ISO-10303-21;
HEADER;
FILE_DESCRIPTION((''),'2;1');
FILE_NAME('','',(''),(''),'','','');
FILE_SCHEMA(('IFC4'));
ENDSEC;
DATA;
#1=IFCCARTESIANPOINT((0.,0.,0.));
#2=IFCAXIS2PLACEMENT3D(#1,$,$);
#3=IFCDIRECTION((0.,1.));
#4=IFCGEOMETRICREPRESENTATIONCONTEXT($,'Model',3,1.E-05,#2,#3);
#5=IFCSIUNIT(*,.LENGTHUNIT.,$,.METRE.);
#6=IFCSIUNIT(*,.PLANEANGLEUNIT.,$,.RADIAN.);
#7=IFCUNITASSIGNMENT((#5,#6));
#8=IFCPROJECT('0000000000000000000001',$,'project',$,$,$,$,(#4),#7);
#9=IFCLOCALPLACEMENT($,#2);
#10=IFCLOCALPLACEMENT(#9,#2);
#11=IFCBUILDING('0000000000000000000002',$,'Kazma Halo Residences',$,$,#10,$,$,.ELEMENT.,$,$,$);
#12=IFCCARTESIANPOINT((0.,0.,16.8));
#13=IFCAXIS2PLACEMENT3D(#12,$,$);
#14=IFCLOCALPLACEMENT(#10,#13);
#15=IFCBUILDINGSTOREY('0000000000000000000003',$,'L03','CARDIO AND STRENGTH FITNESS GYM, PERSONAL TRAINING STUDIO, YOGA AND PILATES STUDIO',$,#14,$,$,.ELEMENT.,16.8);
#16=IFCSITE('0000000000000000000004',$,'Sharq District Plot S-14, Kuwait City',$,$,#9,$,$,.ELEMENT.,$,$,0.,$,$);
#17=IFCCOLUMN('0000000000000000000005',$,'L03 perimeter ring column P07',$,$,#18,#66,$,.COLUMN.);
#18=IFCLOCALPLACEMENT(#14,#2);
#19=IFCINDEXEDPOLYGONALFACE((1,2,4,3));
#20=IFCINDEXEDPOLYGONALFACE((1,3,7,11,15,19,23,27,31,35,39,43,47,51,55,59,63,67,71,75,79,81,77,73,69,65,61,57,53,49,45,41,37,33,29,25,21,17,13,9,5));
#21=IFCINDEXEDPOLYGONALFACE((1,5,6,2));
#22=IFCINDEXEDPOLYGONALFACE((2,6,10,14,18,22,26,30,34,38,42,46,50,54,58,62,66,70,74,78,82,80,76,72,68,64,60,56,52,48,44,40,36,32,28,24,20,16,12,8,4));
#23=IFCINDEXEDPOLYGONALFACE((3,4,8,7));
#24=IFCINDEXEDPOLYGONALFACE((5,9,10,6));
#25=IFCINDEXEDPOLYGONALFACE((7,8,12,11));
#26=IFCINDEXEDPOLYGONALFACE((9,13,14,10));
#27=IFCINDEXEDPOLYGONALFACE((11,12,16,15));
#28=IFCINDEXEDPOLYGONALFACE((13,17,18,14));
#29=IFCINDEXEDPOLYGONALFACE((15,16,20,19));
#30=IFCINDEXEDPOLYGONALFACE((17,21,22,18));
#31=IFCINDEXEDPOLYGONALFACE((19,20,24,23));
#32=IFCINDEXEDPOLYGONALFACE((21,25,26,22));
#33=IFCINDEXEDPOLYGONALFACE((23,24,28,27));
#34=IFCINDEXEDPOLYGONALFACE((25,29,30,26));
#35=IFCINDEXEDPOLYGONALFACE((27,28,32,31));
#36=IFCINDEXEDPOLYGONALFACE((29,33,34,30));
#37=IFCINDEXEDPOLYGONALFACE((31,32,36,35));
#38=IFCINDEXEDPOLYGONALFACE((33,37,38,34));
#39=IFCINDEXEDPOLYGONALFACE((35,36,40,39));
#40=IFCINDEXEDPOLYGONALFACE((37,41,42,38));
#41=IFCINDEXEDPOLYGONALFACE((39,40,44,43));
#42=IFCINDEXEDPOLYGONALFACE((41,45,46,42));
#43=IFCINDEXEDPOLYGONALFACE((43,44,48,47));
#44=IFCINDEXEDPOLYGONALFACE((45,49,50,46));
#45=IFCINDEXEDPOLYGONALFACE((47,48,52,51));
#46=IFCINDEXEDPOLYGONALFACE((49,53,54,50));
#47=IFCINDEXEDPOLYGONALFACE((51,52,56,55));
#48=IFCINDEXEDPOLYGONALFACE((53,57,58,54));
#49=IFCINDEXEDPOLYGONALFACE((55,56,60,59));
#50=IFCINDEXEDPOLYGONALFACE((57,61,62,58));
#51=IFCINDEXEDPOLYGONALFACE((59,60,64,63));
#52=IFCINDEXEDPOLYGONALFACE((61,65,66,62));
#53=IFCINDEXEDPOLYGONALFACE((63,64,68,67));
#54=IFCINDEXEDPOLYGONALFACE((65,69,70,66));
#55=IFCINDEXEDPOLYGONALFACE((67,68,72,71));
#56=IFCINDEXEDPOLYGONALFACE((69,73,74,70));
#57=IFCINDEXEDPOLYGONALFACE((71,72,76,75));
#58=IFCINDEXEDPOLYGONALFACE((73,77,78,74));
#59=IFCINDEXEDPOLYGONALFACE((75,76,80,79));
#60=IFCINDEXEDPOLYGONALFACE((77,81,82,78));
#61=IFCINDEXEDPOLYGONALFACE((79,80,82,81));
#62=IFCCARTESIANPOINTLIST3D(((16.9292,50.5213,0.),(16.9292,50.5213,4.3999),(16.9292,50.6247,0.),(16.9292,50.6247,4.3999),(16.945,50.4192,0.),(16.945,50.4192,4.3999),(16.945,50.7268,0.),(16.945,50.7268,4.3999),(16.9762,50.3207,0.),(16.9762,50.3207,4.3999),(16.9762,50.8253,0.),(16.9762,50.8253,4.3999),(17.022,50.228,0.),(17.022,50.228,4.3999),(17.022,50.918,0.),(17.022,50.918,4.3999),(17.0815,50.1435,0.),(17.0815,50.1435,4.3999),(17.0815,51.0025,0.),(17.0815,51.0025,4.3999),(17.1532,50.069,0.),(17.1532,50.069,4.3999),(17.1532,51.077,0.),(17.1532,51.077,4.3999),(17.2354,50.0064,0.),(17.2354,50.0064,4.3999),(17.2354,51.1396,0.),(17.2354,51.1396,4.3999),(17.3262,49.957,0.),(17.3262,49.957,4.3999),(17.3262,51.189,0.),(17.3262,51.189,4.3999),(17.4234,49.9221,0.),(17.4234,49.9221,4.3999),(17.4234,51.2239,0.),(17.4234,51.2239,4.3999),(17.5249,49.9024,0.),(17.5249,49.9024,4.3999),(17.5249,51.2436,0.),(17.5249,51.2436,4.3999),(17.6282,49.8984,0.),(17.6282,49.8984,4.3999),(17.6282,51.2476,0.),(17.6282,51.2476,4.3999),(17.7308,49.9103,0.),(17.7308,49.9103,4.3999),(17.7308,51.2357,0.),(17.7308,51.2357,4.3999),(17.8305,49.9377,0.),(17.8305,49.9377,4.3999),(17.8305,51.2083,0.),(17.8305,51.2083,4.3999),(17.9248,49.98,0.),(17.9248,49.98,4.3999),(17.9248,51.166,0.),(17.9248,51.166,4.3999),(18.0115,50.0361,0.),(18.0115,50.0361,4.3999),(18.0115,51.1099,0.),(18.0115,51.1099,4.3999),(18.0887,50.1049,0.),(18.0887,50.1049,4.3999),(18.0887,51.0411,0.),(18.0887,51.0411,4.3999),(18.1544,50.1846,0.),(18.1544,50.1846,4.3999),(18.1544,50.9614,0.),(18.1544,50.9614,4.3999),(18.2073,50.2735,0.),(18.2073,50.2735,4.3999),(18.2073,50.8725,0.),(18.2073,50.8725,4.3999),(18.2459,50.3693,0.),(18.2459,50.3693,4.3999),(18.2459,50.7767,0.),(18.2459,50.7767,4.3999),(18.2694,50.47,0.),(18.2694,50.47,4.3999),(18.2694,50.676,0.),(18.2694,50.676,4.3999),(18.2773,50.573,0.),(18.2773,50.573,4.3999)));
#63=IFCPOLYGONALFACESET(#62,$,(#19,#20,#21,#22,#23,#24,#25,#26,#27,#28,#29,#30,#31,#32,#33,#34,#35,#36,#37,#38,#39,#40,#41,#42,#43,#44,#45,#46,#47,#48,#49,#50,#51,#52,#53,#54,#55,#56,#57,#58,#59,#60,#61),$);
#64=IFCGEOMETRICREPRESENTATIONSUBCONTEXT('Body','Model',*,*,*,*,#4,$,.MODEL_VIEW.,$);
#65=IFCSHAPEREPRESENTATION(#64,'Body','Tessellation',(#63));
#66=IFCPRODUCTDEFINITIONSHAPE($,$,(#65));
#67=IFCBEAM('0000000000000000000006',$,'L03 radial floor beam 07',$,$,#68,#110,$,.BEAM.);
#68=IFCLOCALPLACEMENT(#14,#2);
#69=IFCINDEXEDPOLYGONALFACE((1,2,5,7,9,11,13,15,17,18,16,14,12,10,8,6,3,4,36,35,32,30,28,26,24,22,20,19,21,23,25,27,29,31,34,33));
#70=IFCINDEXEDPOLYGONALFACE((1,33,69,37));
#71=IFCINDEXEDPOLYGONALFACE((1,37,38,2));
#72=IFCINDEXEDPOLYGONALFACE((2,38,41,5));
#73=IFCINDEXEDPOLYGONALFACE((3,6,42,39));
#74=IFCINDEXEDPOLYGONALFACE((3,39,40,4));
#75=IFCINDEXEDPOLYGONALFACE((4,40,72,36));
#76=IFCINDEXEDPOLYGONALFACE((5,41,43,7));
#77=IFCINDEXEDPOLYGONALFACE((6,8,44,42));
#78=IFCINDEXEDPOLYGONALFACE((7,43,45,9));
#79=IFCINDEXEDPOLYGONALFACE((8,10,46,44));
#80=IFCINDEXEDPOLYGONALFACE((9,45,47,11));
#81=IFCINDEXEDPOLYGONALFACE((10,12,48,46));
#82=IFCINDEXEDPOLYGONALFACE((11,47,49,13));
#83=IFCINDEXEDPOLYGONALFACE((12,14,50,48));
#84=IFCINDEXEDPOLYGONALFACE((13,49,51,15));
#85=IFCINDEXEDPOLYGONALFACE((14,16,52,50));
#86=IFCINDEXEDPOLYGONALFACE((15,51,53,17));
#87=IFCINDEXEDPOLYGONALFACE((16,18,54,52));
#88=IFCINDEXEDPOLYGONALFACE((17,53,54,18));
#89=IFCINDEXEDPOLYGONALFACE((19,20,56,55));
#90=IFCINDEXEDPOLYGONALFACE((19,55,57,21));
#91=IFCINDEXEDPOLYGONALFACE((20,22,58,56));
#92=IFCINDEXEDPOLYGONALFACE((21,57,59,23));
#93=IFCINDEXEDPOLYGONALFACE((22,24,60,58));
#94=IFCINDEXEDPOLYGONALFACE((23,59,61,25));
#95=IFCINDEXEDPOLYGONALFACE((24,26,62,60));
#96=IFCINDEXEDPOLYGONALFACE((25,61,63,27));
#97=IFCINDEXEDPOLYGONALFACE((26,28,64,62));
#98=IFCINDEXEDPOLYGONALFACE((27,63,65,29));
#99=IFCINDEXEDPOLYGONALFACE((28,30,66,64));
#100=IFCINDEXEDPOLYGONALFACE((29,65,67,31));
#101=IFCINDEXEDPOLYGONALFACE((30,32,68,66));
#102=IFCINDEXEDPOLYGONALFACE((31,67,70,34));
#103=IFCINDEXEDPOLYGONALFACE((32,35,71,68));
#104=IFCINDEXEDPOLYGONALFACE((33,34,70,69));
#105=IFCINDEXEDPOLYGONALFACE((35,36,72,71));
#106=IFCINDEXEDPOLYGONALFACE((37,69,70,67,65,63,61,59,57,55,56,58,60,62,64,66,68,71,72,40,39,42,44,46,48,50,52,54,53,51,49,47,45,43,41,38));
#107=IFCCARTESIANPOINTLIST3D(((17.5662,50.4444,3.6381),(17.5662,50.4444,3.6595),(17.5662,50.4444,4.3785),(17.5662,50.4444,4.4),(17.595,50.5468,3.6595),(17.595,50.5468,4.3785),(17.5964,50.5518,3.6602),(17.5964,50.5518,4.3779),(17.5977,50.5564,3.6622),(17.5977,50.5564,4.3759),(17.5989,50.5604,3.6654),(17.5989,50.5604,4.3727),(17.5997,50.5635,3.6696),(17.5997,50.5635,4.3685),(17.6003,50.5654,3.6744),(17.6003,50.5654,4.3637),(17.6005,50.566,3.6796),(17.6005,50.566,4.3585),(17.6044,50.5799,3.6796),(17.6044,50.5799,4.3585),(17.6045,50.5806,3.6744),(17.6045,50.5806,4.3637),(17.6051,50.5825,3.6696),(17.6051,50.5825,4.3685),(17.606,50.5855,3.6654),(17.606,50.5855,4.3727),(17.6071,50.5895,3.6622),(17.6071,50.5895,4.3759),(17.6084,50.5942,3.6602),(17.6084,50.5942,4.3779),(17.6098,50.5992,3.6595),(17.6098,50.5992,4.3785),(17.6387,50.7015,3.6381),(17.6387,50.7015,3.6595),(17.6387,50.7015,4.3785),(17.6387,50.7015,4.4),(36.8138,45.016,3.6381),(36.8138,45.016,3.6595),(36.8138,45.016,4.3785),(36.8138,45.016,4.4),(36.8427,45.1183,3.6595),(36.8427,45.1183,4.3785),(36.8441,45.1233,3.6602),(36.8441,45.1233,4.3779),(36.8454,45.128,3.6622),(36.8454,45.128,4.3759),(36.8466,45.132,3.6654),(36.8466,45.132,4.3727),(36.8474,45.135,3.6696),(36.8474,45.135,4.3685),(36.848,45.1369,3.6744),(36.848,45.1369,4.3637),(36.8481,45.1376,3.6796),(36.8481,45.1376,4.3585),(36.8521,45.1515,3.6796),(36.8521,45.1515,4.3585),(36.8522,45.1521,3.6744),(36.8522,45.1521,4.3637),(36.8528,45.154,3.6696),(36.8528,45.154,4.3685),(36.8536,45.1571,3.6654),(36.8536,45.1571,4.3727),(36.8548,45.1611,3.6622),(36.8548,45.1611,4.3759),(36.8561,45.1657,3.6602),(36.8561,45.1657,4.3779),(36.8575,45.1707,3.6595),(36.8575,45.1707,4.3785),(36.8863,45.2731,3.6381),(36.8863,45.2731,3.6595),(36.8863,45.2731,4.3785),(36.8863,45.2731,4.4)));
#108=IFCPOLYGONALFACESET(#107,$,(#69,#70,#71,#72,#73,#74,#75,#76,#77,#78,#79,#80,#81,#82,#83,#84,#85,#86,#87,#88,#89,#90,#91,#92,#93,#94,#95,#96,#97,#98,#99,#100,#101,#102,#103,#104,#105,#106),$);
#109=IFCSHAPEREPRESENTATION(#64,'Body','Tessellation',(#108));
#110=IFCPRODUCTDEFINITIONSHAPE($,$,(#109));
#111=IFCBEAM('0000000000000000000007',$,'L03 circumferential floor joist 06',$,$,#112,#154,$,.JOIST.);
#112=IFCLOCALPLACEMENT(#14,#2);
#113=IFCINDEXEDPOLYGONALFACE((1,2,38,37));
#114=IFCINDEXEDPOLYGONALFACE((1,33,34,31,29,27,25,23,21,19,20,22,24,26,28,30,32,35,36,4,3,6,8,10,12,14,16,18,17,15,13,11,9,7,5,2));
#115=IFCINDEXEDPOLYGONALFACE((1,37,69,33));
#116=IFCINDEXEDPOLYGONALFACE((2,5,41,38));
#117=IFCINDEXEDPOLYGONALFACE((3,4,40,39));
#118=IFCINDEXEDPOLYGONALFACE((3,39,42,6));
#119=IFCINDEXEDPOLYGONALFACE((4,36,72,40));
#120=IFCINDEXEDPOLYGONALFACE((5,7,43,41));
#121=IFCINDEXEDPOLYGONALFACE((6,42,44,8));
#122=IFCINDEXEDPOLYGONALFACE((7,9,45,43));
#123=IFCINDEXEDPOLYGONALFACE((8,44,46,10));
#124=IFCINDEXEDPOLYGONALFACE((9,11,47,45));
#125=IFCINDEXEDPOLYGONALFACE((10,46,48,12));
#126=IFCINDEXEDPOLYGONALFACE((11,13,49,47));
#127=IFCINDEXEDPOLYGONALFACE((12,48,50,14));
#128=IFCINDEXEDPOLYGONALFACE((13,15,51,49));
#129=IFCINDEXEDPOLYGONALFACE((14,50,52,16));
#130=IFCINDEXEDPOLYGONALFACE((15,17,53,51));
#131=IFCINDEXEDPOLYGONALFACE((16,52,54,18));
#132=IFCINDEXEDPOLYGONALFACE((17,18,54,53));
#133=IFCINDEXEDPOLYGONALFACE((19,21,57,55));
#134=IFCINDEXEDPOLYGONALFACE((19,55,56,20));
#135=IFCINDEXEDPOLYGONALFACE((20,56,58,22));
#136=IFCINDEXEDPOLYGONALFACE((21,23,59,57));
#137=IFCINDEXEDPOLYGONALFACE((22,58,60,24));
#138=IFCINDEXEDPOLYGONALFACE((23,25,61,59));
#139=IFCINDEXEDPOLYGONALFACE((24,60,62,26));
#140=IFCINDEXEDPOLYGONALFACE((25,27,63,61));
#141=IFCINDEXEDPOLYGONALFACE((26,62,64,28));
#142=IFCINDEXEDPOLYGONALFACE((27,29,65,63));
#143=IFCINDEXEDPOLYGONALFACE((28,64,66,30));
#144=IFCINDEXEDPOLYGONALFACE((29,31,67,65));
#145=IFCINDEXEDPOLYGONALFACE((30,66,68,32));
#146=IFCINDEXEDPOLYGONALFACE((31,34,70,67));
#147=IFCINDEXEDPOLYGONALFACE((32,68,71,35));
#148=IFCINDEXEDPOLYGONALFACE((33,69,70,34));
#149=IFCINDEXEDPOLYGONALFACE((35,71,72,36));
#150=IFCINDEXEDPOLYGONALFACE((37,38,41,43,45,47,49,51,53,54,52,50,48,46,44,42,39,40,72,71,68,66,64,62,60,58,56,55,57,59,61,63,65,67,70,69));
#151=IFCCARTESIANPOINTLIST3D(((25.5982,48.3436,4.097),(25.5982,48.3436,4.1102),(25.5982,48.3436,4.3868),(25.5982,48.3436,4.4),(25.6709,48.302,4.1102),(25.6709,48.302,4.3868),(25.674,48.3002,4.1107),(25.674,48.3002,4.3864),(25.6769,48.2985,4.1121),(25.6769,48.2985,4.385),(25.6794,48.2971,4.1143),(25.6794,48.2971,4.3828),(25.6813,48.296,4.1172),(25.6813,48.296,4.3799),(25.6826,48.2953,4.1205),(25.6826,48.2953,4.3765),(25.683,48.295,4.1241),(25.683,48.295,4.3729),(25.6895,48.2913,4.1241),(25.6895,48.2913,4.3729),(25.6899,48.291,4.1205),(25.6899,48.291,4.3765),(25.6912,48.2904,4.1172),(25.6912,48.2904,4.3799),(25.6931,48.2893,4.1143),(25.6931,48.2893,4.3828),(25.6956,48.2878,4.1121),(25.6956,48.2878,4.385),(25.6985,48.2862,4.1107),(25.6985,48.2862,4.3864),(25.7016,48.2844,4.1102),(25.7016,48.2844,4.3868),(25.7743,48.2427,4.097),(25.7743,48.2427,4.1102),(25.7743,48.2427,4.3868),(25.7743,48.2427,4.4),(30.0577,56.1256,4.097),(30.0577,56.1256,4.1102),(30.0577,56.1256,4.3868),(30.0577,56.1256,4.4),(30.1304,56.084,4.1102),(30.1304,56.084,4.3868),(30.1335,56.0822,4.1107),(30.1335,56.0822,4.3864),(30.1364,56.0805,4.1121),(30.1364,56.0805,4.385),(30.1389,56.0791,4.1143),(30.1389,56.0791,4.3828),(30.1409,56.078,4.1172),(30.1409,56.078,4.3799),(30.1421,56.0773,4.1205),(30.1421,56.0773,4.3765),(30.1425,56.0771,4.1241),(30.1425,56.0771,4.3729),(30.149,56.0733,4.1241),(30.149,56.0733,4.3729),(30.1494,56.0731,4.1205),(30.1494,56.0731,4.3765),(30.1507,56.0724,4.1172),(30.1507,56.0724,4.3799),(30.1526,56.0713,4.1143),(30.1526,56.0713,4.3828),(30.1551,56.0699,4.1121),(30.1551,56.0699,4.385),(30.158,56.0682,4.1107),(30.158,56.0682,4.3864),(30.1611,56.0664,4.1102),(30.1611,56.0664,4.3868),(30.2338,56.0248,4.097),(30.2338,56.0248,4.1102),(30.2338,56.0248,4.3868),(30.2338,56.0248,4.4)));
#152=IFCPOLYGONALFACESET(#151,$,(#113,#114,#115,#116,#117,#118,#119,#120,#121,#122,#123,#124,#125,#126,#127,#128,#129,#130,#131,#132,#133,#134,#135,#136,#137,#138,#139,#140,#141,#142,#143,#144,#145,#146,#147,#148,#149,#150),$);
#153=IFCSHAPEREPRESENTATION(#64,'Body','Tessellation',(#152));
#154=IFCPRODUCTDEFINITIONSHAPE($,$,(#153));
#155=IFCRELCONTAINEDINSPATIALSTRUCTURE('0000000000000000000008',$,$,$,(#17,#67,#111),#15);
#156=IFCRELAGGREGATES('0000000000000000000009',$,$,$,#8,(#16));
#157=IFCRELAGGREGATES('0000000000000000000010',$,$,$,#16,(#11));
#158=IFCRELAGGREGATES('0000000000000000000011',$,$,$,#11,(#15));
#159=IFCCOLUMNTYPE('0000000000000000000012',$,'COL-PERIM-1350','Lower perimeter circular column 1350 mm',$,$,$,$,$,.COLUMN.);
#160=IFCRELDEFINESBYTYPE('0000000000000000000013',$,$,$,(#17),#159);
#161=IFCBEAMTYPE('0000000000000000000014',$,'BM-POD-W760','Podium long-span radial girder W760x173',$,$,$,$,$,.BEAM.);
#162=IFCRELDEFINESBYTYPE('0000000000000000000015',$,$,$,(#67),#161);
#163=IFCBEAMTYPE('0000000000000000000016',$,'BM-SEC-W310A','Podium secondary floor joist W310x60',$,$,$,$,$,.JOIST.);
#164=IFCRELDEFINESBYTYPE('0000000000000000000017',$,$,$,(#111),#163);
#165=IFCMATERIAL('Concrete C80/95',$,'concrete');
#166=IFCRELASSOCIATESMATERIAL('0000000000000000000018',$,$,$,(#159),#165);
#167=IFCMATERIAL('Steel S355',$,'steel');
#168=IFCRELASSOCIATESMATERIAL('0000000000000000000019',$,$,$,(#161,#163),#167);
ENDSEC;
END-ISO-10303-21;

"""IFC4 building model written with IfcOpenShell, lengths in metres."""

from ifc_helpers import new_model, si_unit, direction, frame, origin, origin_2d, place, context, subcontext, project, spatial, circle, i_section, extrude, material, material_profile, profile_set, type_object, element, save


model = new_model("IFC4")

# Units and contexts
model_context = context("Model", 3, precision=1e-05, world=origin(), true_north=direction((0.0, 1.0)))
body_context = subcontext(model_context, "Body", "Model", "MODEL_VIEW")
ifc_project = project(units=[si_unit("LENGTHUNIT", "METRE"), si_unit("PLANEANGLEUNIT", "RADIAN")], contexts=[model_context])

# Site, building, storey
site_placement = place(None, origin())
site = spatial("IfcSite", under=ifc_project, at=site_placement, Name="Sharq District Plot S-14, Kuwait City", CompositionType="ELEMENT", RefElevation=0.0)
building_placement = place(site_placement, origin())
building = spatial("IfcBuilding", under=site, at=building_placement, Name="Kazma Halo Residences", CompositionType="ELEMENT")
storey_placement = place(building_placement, frame((0.0, 0.0, 16.8)))
storey = spatial("IfcBuildingStorey", under=building, at=storey_placement, Name="L03", Description="CARDIO AND STRENGTH FITNESS GYM, PERSONAL TRAINING STUDIO, YOGA AND PILATES STUDIO", CompositionType="ELEMENT", Elevation=16.8)

# Column
ifc_material_1 = material(Name="Concrete C80/95", Category="concrete")
ifc_material_profile_1 = material_profile(ifc_material_1, circle(Radius=0.675, at=origin_2d()), Name="CIRC1350")
ifc_profile_set_1 = profile_set([ifc_material_profile_1], Name="Concrete C80/95")
column_type = type_object("IfcColumnType", Name="COL-PERIM-1350", Description="Lower perimeter circular column 1350 mm", PredefinedType="COLUMN", material=ifc_profile_set_1)
column_placement = place(storey_placement, frame((17.6023, 50.573, 0.0), z_axis=(0.0, 0.0, 1.0), x_axis=(1.0, 0.0, 0.0)))
element("IfcColumn", 1, at=column_placement, inside=storey, type_object=column_type, Name="L03 perimeter ring column P07", PredefinedType="COLUMN", context=body_context, shape_type="SweptSolid", body=[
    extrude(circle(Radius=0.675, at=origin_2d()), origin(), (0.0, 0.0, 1.0), 4.3999),
])

# Beams
ifc_material_2 = material(Name="Steel S355", Category="steel")
ifc_material_profile_2 = material_profile(ifc_material_2, i_section(OverallWidth=0.2671, OverallDepth=0.762, WebThickness=0.0144, FlangeThickness=0.0215, FilletRadius=0.02, at=origin_2d()), Name="W760x173")
ifc_profile_set_2 = profile_set([ifc_material_profile_2], Name="Steel S355")
beam_type_1 = type_object("IfcBeamType", Name="BM-POD-W760", Description="Podium long-span radial girder W760x173", PredefinedType="BEAM", material=ifc_profile_set_2)
beam_1_placement = place(storey_placement, frame((36.8501, 45.1445, 4.019), z_axis=(-0.962455, 0.271442, 0.0), x_axis=(-0.271442, -0.962455, 0.0)))
element("IfcBeam", 2, at=beam_1_placement, inside=storey, type_object=beam_type_1, Name="L03 radial floor beam 07", PredefinedType="BEAM", context=body_context, shape_type="SweptSolid", body=[
    extrude(i_section(OverallWidth=0.2671, OverallDepth=0.762, WebThickness=0.0144, FlangeThickness=0.0215, FilletRadius=0.02, at=origin_2d()), origin(), (0.0, 0.0, 1.0), 19.9985),
])
ifc_material_profile_3 = material_profile(ifc_material_2, i_section(OverallWidth=0.2029, OverallDepth=0.303, WebThickness=0.0076, FlangeThickness=0.0132, FilletRadius=0.0139, at=origin_2d()), Name="W310x60")
ifc_profile_set_3 = profile_set([ifc_material_profile_3], Name="Steel S355")
beam_type_2 = type_object("IfcBeamType", Name="BM-SEC-W310A", Description="Podium secondary floor joist W310x60", PredefinedType="JOIST", material=ifc_profile_set_3)
beam_2_placement = place(storey_placement, frame((30.1458, 56.0752, 4.2485), z_axis=(-0.4972, -0.867636, 0.0), x_axis=(0.867636, -0.4972, 0.0)))
element("IfcBeam", 3, at=beam_2_placement, inside=storey, type_object=beam_type_2, Name="L03 circumferential floor joist 06", PredefinedType="JOIST", context=body_context, shape_type="SweptSolid", body=[
    extrude(i_section(OverallWidth=0.2029, OverallDepth=0.303, WebThickness=0.0076, FlangeThickness=0.0132, FilletRadius=0.0139, at=origin_2d()), origin(), (0.0, 0.0, 1.0), 8.9692),
])

save(model, "model.ifc")
